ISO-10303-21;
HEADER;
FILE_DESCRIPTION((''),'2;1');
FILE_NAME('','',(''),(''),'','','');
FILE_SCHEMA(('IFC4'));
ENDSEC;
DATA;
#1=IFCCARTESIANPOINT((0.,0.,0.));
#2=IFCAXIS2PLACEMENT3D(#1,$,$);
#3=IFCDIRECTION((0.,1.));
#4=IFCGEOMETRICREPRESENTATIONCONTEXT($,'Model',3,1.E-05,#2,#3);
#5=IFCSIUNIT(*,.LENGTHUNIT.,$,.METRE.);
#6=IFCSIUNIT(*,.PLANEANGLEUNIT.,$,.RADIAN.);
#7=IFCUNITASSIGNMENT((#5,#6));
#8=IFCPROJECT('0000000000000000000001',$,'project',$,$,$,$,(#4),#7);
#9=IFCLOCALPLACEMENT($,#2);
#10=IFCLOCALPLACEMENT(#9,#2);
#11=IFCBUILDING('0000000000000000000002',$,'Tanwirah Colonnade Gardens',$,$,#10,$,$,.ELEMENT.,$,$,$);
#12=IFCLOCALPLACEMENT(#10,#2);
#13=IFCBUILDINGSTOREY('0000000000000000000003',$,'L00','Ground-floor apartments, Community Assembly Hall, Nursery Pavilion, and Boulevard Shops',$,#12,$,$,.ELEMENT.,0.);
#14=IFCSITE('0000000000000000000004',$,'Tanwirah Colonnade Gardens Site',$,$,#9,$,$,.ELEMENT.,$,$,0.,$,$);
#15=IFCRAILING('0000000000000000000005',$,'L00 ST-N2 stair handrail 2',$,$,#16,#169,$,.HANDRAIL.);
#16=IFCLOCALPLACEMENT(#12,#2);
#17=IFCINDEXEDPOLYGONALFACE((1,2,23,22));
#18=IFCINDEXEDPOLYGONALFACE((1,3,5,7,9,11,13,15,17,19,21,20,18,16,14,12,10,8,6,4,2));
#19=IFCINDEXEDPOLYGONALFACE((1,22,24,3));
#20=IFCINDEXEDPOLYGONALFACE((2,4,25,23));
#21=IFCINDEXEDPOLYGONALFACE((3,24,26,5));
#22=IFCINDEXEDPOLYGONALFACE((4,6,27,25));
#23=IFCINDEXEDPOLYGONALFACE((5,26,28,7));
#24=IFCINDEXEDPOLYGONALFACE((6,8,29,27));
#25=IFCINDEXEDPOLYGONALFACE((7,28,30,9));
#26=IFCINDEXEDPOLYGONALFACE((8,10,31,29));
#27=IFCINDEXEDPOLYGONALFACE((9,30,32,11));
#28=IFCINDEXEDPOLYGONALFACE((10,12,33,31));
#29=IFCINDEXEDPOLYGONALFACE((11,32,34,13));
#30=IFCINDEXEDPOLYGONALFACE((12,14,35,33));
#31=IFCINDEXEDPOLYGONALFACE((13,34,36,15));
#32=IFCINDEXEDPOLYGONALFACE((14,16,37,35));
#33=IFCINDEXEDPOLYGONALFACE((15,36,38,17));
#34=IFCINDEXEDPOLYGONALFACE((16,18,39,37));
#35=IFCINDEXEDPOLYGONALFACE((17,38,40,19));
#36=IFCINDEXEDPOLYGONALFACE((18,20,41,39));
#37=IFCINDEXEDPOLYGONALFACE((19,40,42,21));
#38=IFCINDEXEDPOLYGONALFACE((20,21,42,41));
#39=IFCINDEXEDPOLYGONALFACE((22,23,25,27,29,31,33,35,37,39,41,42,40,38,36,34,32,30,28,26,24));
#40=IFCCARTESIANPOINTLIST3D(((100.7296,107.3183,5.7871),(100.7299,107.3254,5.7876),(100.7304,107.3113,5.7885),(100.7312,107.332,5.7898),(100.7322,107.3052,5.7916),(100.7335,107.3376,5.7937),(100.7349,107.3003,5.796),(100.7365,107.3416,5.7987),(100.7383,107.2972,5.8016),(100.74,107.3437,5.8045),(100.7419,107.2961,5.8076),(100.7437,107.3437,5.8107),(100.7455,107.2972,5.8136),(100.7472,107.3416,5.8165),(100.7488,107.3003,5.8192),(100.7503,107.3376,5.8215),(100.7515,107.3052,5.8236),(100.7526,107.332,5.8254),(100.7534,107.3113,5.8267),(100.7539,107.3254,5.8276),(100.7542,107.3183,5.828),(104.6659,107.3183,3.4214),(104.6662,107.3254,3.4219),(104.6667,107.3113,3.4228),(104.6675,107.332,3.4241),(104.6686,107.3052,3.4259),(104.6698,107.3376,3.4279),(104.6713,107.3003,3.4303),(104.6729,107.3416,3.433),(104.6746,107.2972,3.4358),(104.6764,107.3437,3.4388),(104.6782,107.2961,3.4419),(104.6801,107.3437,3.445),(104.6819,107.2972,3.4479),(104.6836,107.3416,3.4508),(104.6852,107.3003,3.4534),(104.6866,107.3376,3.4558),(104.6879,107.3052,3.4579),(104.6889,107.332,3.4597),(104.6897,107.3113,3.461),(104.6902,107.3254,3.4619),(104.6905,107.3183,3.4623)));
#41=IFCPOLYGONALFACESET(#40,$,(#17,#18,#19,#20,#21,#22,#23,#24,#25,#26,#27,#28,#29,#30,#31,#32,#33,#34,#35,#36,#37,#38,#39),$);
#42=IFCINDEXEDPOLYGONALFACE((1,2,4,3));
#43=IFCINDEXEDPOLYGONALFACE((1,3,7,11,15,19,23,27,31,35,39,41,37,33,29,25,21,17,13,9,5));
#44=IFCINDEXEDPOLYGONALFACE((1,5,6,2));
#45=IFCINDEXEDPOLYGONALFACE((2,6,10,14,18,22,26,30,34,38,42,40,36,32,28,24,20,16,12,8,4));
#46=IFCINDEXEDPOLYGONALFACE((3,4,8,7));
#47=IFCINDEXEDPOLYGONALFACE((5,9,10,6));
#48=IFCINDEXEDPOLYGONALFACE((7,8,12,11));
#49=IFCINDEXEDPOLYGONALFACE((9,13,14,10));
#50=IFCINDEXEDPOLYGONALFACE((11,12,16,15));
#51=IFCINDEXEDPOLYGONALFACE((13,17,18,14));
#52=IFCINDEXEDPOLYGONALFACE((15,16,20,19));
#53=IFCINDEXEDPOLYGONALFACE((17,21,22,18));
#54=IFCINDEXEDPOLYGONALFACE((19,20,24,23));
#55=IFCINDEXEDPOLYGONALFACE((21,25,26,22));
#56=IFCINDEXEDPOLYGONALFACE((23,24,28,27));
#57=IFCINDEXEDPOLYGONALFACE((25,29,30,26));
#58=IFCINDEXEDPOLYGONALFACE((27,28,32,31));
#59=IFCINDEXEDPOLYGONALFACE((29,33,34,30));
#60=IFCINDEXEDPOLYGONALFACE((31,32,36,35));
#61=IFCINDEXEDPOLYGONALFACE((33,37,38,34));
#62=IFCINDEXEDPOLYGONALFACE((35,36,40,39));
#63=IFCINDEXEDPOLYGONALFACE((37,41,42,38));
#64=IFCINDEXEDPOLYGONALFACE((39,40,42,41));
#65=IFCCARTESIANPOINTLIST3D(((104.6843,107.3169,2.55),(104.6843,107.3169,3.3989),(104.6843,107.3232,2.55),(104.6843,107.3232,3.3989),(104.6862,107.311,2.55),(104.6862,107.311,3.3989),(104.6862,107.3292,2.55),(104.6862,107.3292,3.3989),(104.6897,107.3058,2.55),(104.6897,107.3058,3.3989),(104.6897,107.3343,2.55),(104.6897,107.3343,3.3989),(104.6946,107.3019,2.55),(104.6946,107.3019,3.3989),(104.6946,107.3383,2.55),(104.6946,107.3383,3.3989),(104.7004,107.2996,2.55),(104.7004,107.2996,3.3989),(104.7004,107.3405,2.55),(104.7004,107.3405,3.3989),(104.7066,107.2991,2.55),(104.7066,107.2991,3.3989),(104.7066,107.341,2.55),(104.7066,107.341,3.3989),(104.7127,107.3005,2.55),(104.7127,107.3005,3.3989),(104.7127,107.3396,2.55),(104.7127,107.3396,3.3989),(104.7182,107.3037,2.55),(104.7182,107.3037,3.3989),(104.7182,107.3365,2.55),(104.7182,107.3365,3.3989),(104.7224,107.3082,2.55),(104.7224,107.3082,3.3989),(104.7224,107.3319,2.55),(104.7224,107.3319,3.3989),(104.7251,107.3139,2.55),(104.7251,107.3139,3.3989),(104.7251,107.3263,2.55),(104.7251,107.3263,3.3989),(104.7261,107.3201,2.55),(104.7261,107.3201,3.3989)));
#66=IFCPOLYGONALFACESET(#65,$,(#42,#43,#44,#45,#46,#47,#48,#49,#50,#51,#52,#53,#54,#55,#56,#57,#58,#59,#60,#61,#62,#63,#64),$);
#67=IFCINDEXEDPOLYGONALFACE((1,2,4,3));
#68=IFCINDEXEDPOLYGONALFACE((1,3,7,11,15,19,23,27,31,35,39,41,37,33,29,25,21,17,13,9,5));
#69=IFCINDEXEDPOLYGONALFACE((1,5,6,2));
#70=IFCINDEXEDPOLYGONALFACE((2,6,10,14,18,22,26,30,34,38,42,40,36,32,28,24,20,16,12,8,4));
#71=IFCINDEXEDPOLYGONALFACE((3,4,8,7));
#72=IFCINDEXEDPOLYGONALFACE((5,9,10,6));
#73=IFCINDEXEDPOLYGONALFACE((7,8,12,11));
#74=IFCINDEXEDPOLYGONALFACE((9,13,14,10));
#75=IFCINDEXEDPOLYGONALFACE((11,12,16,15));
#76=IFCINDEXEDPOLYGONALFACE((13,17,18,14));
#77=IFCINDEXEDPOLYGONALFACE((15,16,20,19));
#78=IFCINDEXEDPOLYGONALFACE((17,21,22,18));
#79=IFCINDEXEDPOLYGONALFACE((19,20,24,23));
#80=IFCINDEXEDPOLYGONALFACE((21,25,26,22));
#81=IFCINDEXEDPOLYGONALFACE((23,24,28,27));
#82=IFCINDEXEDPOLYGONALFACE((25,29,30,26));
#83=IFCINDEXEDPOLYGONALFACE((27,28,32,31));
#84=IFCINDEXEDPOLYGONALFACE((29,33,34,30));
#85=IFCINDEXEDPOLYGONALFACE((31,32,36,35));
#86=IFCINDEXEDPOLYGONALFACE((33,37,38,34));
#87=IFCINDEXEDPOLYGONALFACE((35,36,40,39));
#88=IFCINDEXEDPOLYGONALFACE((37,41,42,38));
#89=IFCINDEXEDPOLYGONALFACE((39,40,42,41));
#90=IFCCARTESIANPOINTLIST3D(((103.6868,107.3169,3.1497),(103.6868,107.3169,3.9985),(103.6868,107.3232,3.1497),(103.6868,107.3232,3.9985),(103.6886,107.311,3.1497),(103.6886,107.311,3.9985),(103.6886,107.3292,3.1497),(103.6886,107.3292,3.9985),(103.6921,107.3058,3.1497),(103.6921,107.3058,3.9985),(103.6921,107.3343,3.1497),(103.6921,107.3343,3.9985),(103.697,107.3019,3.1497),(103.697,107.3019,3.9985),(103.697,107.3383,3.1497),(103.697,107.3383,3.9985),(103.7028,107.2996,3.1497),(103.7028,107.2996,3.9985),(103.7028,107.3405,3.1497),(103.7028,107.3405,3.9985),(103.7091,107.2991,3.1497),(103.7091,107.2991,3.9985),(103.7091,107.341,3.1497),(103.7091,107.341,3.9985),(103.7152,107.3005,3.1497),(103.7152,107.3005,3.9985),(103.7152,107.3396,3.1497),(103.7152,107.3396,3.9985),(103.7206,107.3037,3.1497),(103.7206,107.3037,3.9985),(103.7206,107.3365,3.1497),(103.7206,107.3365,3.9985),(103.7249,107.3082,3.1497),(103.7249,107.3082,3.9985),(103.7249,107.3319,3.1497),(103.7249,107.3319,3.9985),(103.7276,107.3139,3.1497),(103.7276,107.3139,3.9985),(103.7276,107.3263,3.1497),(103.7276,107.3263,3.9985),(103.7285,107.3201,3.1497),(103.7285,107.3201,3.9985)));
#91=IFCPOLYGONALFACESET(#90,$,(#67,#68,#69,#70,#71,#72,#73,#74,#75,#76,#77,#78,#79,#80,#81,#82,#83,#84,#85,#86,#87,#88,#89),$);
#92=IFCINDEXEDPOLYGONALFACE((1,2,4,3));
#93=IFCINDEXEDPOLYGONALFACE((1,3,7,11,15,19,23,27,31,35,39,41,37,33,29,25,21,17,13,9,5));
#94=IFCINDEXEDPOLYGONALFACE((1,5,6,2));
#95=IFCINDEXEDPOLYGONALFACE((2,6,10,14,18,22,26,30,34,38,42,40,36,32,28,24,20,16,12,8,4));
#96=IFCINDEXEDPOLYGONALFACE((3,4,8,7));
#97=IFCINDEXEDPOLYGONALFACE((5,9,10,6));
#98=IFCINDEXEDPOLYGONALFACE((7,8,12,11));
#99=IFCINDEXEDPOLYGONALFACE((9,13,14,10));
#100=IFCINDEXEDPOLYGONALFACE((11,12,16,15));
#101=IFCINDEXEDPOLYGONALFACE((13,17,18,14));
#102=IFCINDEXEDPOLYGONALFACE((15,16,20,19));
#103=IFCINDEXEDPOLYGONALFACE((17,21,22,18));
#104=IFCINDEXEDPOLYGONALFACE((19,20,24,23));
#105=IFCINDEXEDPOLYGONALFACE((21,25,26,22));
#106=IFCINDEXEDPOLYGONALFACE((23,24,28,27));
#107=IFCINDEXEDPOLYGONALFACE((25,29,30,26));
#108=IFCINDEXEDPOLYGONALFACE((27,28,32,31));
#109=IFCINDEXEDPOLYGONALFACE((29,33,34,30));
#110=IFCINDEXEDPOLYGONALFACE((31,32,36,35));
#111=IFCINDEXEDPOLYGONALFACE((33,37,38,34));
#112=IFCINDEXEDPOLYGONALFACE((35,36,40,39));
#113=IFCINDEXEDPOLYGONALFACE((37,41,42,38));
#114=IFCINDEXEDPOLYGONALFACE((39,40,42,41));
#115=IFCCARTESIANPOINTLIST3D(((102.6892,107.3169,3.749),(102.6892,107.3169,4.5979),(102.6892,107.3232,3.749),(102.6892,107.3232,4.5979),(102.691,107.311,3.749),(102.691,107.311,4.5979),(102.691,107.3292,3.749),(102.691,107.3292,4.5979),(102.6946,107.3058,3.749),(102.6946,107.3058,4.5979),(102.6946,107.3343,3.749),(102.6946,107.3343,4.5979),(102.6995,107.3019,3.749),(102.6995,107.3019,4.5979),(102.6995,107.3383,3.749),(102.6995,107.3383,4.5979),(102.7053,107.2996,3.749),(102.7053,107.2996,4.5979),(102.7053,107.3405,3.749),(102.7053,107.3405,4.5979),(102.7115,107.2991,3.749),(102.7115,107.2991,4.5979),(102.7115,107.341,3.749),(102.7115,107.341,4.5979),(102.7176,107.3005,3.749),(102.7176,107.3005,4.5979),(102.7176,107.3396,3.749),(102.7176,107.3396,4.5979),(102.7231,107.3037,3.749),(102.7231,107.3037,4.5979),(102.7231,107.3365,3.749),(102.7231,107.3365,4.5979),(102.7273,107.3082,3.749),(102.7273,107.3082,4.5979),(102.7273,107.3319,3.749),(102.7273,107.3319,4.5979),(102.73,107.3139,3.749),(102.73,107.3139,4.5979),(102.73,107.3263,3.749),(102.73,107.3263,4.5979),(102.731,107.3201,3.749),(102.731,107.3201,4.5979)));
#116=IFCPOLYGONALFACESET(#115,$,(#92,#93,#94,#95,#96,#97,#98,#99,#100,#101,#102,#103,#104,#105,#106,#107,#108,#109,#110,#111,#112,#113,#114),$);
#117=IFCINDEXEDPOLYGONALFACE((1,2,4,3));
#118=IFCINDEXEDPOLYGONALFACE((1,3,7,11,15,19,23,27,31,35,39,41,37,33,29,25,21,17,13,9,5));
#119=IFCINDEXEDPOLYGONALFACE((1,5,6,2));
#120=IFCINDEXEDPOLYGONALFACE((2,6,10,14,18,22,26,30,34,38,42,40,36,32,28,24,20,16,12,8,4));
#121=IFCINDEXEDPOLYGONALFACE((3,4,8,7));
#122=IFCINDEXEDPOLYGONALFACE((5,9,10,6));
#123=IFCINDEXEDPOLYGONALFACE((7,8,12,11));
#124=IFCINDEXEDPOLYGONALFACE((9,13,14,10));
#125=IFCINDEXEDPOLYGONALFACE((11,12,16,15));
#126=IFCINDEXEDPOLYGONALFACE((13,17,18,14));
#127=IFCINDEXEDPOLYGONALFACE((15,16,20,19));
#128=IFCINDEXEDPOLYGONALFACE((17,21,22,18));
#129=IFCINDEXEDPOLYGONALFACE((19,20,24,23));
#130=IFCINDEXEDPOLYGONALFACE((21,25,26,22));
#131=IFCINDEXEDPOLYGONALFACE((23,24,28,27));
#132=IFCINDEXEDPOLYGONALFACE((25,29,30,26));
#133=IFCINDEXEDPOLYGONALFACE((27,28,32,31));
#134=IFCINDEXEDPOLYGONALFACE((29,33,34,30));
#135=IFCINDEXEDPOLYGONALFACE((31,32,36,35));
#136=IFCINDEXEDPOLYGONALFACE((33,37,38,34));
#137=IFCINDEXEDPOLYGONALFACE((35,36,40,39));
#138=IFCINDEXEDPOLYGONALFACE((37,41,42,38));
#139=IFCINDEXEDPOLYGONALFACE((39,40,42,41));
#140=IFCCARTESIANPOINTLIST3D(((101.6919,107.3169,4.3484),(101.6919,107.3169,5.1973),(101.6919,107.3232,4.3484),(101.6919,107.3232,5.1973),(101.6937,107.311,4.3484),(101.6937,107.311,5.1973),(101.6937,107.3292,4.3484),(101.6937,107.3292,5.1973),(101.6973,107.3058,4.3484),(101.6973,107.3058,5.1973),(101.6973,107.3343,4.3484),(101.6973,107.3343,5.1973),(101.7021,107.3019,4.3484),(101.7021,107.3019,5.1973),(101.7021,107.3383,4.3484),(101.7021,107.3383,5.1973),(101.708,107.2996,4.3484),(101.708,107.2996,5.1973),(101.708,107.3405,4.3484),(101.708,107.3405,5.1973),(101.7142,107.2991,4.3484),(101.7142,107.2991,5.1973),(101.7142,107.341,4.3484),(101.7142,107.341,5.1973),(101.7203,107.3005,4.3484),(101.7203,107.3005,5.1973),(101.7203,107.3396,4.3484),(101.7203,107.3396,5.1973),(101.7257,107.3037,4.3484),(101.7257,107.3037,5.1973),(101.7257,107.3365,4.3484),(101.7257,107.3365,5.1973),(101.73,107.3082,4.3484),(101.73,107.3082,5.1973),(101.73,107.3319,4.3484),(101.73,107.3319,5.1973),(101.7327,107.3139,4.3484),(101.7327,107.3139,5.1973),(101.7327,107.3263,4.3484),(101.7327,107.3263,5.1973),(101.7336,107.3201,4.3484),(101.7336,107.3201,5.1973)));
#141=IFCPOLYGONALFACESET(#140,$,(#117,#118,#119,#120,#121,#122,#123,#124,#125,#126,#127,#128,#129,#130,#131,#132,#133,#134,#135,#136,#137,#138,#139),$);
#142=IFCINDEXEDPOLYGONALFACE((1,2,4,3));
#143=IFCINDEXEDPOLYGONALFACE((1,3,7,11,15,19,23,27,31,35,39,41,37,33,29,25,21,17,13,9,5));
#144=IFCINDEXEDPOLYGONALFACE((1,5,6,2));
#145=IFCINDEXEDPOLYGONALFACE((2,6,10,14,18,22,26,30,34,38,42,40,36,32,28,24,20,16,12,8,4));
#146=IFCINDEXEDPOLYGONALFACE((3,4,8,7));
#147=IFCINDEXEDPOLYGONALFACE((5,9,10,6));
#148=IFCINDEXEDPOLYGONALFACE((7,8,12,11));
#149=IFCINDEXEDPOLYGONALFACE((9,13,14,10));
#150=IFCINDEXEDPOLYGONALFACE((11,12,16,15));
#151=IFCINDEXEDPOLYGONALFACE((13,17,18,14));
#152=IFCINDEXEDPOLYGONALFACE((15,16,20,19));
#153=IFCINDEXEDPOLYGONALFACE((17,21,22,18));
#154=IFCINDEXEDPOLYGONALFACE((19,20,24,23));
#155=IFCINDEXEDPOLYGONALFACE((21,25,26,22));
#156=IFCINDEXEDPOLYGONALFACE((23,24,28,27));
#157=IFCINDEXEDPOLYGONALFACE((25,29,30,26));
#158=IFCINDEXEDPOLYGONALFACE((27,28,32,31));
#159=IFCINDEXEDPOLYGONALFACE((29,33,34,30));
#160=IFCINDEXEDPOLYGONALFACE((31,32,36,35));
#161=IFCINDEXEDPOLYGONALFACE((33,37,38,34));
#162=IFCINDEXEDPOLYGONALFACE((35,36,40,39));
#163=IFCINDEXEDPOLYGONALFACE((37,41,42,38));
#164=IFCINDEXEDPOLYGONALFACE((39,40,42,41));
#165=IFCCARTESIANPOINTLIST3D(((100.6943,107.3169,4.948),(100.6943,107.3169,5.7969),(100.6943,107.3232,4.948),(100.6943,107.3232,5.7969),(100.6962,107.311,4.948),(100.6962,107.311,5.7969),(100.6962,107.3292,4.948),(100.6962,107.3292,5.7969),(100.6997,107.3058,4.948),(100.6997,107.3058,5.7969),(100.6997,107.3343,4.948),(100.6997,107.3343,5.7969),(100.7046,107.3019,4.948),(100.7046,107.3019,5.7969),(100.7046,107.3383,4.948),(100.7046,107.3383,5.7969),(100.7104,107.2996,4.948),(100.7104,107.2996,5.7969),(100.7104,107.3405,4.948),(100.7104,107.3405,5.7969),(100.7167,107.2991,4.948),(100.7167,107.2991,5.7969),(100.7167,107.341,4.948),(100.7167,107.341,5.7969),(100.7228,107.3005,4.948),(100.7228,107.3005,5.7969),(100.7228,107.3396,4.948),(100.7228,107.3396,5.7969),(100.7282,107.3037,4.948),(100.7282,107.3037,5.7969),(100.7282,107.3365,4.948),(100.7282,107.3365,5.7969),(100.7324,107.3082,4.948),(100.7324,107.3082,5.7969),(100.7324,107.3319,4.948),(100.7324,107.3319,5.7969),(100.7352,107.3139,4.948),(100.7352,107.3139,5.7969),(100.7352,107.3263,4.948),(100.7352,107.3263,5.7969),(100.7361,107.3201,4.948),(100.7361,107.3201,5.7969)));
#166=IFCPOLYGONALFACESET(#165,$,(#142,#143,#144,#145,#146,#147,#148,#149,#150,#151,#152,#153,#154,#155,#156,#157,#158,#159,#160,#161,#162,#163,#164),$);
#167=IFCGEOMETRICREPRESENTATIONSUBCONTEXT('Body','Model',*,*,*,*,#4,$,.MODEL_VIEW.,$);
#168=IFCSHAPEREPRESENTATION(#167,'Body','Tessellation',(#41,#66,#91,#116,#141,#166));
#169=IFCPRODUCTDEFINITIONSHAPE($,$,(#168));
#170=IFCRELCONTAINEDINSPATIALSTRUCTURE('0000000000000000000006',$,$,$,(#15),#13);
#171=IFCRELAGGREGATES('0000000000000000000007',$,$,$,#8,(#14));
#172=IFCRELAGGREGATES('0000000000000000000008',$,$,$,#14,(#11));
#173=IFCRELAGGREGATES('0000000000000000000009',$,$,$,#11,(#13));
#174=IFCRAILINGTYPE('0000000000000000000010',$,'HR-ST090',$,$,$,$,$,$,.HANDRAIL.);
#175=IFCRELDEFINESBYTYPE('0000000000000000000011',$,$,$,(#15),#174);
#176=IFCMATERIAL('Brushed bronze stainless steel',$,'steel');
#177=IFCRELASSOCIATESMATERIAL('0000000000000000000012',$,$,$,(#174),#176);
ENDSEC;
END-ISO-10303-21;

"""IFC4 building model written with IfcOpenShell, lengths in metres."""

from ifc_helpers import new_model, si_unit, direction, frame, origin, origin_2d, place, context, subcontext, project, spatial, circle, extrude, material, type_object, element, save


model = new_model("IFC4")

# Units and contexts
model_context = context("Model", 3, precision=1e-05, world=origin(), true_north=direction((0.0, 1.0)))
body_context = subcontext(model_context, "Body", "Model", "MODEL_VIEW")
ifc_project = project(units=[si_unit("LENGTHUNIT", "METRE"), si_unit("PLANEANGLEUNIT", "RADIAN")], contexts=[model_context])

# Site, building, storey
site_placement = place(None, origin())
site = spatial("IfcSite", under=ifc_project, at=site_placement, Name="Tanwirah Colonnade Gardens Site", CompositionType="ELEMENT", RefElevation=0.0)
building_placement = place(site_placement, origin())
building = spatial("IfcBuilding", under=site, at=building_placement, Name="Tanwirah Colonnade Gardens", CompositionType="ELEMENT")
storey_placement = place(building_placement, origin())
storey = spatial("IfcBuildingStorey", under=building, at=storey_placement, Name="L00", Description="Ground-floor apartments, Community Assembly Hall, Nursery Pavilion, and Boulevard Shops", CompositionType="ELEMENT", Elevation=0.0)

# Railing
ifc_material_1 = material(Name="Brushed bronze stainless steel", Category="steel")
railing_type_1 = type_object("IfcRailingType", Name="HR-ST090", PredefinedType="HANDRAIL", material=ifc_material_1)
railing_1_placement = place(storey_placement, frame((104.7051, 107.3201, 2.55)))
element("IfcRailing", 1, at=railing_1_placement, inside=storey, type_object=railing_type_1, Name="L00 ST-N2 stair handrail 2", PredefinedType="HANDRAIL", context=body_context, shape_type="SweptSolid", body=[
    extrude(circle(Radius=0.0239, at=origin_2d()), frame((-0.0269, 0.0, 0.8918), z_axis=(-0.857118, 0.0, 0.51512), x_axis=(0.0, -1.0, 0.0)), (0.0, 0.0, 1.0), 4.5925),
    extrude(circle(Radius=0.021, at=origin_2d()), origin(), (0.0, 0.0, 1.0), 0.8489),
    extrude(circle(Radius=0.021, at=origin_2d()), frame((-0.9976, 0.0, 0.5996)), (0.0, 0.0, 1.0), 0.8489),
    extrude(circle(Radius=0.021, at=origin_2d()), frame((-1.9951, 0.0, 1.199)), (0.0, 0.0, 1.0), 0.8489),
    extrude(circle(Radius=0.021, at=origin_2d()), frame((-2.9924, 0.0, 1.7983)), (0.0, 0.0, 1.0), 0.8489),
    extrude(circle(Radius=0.021, at=origin_2d()), frame((-3.99, 0.0, 2.3979)), (0.0, 0.0, 1.0), 0.8489),
])

save(model, "model.ifc")
